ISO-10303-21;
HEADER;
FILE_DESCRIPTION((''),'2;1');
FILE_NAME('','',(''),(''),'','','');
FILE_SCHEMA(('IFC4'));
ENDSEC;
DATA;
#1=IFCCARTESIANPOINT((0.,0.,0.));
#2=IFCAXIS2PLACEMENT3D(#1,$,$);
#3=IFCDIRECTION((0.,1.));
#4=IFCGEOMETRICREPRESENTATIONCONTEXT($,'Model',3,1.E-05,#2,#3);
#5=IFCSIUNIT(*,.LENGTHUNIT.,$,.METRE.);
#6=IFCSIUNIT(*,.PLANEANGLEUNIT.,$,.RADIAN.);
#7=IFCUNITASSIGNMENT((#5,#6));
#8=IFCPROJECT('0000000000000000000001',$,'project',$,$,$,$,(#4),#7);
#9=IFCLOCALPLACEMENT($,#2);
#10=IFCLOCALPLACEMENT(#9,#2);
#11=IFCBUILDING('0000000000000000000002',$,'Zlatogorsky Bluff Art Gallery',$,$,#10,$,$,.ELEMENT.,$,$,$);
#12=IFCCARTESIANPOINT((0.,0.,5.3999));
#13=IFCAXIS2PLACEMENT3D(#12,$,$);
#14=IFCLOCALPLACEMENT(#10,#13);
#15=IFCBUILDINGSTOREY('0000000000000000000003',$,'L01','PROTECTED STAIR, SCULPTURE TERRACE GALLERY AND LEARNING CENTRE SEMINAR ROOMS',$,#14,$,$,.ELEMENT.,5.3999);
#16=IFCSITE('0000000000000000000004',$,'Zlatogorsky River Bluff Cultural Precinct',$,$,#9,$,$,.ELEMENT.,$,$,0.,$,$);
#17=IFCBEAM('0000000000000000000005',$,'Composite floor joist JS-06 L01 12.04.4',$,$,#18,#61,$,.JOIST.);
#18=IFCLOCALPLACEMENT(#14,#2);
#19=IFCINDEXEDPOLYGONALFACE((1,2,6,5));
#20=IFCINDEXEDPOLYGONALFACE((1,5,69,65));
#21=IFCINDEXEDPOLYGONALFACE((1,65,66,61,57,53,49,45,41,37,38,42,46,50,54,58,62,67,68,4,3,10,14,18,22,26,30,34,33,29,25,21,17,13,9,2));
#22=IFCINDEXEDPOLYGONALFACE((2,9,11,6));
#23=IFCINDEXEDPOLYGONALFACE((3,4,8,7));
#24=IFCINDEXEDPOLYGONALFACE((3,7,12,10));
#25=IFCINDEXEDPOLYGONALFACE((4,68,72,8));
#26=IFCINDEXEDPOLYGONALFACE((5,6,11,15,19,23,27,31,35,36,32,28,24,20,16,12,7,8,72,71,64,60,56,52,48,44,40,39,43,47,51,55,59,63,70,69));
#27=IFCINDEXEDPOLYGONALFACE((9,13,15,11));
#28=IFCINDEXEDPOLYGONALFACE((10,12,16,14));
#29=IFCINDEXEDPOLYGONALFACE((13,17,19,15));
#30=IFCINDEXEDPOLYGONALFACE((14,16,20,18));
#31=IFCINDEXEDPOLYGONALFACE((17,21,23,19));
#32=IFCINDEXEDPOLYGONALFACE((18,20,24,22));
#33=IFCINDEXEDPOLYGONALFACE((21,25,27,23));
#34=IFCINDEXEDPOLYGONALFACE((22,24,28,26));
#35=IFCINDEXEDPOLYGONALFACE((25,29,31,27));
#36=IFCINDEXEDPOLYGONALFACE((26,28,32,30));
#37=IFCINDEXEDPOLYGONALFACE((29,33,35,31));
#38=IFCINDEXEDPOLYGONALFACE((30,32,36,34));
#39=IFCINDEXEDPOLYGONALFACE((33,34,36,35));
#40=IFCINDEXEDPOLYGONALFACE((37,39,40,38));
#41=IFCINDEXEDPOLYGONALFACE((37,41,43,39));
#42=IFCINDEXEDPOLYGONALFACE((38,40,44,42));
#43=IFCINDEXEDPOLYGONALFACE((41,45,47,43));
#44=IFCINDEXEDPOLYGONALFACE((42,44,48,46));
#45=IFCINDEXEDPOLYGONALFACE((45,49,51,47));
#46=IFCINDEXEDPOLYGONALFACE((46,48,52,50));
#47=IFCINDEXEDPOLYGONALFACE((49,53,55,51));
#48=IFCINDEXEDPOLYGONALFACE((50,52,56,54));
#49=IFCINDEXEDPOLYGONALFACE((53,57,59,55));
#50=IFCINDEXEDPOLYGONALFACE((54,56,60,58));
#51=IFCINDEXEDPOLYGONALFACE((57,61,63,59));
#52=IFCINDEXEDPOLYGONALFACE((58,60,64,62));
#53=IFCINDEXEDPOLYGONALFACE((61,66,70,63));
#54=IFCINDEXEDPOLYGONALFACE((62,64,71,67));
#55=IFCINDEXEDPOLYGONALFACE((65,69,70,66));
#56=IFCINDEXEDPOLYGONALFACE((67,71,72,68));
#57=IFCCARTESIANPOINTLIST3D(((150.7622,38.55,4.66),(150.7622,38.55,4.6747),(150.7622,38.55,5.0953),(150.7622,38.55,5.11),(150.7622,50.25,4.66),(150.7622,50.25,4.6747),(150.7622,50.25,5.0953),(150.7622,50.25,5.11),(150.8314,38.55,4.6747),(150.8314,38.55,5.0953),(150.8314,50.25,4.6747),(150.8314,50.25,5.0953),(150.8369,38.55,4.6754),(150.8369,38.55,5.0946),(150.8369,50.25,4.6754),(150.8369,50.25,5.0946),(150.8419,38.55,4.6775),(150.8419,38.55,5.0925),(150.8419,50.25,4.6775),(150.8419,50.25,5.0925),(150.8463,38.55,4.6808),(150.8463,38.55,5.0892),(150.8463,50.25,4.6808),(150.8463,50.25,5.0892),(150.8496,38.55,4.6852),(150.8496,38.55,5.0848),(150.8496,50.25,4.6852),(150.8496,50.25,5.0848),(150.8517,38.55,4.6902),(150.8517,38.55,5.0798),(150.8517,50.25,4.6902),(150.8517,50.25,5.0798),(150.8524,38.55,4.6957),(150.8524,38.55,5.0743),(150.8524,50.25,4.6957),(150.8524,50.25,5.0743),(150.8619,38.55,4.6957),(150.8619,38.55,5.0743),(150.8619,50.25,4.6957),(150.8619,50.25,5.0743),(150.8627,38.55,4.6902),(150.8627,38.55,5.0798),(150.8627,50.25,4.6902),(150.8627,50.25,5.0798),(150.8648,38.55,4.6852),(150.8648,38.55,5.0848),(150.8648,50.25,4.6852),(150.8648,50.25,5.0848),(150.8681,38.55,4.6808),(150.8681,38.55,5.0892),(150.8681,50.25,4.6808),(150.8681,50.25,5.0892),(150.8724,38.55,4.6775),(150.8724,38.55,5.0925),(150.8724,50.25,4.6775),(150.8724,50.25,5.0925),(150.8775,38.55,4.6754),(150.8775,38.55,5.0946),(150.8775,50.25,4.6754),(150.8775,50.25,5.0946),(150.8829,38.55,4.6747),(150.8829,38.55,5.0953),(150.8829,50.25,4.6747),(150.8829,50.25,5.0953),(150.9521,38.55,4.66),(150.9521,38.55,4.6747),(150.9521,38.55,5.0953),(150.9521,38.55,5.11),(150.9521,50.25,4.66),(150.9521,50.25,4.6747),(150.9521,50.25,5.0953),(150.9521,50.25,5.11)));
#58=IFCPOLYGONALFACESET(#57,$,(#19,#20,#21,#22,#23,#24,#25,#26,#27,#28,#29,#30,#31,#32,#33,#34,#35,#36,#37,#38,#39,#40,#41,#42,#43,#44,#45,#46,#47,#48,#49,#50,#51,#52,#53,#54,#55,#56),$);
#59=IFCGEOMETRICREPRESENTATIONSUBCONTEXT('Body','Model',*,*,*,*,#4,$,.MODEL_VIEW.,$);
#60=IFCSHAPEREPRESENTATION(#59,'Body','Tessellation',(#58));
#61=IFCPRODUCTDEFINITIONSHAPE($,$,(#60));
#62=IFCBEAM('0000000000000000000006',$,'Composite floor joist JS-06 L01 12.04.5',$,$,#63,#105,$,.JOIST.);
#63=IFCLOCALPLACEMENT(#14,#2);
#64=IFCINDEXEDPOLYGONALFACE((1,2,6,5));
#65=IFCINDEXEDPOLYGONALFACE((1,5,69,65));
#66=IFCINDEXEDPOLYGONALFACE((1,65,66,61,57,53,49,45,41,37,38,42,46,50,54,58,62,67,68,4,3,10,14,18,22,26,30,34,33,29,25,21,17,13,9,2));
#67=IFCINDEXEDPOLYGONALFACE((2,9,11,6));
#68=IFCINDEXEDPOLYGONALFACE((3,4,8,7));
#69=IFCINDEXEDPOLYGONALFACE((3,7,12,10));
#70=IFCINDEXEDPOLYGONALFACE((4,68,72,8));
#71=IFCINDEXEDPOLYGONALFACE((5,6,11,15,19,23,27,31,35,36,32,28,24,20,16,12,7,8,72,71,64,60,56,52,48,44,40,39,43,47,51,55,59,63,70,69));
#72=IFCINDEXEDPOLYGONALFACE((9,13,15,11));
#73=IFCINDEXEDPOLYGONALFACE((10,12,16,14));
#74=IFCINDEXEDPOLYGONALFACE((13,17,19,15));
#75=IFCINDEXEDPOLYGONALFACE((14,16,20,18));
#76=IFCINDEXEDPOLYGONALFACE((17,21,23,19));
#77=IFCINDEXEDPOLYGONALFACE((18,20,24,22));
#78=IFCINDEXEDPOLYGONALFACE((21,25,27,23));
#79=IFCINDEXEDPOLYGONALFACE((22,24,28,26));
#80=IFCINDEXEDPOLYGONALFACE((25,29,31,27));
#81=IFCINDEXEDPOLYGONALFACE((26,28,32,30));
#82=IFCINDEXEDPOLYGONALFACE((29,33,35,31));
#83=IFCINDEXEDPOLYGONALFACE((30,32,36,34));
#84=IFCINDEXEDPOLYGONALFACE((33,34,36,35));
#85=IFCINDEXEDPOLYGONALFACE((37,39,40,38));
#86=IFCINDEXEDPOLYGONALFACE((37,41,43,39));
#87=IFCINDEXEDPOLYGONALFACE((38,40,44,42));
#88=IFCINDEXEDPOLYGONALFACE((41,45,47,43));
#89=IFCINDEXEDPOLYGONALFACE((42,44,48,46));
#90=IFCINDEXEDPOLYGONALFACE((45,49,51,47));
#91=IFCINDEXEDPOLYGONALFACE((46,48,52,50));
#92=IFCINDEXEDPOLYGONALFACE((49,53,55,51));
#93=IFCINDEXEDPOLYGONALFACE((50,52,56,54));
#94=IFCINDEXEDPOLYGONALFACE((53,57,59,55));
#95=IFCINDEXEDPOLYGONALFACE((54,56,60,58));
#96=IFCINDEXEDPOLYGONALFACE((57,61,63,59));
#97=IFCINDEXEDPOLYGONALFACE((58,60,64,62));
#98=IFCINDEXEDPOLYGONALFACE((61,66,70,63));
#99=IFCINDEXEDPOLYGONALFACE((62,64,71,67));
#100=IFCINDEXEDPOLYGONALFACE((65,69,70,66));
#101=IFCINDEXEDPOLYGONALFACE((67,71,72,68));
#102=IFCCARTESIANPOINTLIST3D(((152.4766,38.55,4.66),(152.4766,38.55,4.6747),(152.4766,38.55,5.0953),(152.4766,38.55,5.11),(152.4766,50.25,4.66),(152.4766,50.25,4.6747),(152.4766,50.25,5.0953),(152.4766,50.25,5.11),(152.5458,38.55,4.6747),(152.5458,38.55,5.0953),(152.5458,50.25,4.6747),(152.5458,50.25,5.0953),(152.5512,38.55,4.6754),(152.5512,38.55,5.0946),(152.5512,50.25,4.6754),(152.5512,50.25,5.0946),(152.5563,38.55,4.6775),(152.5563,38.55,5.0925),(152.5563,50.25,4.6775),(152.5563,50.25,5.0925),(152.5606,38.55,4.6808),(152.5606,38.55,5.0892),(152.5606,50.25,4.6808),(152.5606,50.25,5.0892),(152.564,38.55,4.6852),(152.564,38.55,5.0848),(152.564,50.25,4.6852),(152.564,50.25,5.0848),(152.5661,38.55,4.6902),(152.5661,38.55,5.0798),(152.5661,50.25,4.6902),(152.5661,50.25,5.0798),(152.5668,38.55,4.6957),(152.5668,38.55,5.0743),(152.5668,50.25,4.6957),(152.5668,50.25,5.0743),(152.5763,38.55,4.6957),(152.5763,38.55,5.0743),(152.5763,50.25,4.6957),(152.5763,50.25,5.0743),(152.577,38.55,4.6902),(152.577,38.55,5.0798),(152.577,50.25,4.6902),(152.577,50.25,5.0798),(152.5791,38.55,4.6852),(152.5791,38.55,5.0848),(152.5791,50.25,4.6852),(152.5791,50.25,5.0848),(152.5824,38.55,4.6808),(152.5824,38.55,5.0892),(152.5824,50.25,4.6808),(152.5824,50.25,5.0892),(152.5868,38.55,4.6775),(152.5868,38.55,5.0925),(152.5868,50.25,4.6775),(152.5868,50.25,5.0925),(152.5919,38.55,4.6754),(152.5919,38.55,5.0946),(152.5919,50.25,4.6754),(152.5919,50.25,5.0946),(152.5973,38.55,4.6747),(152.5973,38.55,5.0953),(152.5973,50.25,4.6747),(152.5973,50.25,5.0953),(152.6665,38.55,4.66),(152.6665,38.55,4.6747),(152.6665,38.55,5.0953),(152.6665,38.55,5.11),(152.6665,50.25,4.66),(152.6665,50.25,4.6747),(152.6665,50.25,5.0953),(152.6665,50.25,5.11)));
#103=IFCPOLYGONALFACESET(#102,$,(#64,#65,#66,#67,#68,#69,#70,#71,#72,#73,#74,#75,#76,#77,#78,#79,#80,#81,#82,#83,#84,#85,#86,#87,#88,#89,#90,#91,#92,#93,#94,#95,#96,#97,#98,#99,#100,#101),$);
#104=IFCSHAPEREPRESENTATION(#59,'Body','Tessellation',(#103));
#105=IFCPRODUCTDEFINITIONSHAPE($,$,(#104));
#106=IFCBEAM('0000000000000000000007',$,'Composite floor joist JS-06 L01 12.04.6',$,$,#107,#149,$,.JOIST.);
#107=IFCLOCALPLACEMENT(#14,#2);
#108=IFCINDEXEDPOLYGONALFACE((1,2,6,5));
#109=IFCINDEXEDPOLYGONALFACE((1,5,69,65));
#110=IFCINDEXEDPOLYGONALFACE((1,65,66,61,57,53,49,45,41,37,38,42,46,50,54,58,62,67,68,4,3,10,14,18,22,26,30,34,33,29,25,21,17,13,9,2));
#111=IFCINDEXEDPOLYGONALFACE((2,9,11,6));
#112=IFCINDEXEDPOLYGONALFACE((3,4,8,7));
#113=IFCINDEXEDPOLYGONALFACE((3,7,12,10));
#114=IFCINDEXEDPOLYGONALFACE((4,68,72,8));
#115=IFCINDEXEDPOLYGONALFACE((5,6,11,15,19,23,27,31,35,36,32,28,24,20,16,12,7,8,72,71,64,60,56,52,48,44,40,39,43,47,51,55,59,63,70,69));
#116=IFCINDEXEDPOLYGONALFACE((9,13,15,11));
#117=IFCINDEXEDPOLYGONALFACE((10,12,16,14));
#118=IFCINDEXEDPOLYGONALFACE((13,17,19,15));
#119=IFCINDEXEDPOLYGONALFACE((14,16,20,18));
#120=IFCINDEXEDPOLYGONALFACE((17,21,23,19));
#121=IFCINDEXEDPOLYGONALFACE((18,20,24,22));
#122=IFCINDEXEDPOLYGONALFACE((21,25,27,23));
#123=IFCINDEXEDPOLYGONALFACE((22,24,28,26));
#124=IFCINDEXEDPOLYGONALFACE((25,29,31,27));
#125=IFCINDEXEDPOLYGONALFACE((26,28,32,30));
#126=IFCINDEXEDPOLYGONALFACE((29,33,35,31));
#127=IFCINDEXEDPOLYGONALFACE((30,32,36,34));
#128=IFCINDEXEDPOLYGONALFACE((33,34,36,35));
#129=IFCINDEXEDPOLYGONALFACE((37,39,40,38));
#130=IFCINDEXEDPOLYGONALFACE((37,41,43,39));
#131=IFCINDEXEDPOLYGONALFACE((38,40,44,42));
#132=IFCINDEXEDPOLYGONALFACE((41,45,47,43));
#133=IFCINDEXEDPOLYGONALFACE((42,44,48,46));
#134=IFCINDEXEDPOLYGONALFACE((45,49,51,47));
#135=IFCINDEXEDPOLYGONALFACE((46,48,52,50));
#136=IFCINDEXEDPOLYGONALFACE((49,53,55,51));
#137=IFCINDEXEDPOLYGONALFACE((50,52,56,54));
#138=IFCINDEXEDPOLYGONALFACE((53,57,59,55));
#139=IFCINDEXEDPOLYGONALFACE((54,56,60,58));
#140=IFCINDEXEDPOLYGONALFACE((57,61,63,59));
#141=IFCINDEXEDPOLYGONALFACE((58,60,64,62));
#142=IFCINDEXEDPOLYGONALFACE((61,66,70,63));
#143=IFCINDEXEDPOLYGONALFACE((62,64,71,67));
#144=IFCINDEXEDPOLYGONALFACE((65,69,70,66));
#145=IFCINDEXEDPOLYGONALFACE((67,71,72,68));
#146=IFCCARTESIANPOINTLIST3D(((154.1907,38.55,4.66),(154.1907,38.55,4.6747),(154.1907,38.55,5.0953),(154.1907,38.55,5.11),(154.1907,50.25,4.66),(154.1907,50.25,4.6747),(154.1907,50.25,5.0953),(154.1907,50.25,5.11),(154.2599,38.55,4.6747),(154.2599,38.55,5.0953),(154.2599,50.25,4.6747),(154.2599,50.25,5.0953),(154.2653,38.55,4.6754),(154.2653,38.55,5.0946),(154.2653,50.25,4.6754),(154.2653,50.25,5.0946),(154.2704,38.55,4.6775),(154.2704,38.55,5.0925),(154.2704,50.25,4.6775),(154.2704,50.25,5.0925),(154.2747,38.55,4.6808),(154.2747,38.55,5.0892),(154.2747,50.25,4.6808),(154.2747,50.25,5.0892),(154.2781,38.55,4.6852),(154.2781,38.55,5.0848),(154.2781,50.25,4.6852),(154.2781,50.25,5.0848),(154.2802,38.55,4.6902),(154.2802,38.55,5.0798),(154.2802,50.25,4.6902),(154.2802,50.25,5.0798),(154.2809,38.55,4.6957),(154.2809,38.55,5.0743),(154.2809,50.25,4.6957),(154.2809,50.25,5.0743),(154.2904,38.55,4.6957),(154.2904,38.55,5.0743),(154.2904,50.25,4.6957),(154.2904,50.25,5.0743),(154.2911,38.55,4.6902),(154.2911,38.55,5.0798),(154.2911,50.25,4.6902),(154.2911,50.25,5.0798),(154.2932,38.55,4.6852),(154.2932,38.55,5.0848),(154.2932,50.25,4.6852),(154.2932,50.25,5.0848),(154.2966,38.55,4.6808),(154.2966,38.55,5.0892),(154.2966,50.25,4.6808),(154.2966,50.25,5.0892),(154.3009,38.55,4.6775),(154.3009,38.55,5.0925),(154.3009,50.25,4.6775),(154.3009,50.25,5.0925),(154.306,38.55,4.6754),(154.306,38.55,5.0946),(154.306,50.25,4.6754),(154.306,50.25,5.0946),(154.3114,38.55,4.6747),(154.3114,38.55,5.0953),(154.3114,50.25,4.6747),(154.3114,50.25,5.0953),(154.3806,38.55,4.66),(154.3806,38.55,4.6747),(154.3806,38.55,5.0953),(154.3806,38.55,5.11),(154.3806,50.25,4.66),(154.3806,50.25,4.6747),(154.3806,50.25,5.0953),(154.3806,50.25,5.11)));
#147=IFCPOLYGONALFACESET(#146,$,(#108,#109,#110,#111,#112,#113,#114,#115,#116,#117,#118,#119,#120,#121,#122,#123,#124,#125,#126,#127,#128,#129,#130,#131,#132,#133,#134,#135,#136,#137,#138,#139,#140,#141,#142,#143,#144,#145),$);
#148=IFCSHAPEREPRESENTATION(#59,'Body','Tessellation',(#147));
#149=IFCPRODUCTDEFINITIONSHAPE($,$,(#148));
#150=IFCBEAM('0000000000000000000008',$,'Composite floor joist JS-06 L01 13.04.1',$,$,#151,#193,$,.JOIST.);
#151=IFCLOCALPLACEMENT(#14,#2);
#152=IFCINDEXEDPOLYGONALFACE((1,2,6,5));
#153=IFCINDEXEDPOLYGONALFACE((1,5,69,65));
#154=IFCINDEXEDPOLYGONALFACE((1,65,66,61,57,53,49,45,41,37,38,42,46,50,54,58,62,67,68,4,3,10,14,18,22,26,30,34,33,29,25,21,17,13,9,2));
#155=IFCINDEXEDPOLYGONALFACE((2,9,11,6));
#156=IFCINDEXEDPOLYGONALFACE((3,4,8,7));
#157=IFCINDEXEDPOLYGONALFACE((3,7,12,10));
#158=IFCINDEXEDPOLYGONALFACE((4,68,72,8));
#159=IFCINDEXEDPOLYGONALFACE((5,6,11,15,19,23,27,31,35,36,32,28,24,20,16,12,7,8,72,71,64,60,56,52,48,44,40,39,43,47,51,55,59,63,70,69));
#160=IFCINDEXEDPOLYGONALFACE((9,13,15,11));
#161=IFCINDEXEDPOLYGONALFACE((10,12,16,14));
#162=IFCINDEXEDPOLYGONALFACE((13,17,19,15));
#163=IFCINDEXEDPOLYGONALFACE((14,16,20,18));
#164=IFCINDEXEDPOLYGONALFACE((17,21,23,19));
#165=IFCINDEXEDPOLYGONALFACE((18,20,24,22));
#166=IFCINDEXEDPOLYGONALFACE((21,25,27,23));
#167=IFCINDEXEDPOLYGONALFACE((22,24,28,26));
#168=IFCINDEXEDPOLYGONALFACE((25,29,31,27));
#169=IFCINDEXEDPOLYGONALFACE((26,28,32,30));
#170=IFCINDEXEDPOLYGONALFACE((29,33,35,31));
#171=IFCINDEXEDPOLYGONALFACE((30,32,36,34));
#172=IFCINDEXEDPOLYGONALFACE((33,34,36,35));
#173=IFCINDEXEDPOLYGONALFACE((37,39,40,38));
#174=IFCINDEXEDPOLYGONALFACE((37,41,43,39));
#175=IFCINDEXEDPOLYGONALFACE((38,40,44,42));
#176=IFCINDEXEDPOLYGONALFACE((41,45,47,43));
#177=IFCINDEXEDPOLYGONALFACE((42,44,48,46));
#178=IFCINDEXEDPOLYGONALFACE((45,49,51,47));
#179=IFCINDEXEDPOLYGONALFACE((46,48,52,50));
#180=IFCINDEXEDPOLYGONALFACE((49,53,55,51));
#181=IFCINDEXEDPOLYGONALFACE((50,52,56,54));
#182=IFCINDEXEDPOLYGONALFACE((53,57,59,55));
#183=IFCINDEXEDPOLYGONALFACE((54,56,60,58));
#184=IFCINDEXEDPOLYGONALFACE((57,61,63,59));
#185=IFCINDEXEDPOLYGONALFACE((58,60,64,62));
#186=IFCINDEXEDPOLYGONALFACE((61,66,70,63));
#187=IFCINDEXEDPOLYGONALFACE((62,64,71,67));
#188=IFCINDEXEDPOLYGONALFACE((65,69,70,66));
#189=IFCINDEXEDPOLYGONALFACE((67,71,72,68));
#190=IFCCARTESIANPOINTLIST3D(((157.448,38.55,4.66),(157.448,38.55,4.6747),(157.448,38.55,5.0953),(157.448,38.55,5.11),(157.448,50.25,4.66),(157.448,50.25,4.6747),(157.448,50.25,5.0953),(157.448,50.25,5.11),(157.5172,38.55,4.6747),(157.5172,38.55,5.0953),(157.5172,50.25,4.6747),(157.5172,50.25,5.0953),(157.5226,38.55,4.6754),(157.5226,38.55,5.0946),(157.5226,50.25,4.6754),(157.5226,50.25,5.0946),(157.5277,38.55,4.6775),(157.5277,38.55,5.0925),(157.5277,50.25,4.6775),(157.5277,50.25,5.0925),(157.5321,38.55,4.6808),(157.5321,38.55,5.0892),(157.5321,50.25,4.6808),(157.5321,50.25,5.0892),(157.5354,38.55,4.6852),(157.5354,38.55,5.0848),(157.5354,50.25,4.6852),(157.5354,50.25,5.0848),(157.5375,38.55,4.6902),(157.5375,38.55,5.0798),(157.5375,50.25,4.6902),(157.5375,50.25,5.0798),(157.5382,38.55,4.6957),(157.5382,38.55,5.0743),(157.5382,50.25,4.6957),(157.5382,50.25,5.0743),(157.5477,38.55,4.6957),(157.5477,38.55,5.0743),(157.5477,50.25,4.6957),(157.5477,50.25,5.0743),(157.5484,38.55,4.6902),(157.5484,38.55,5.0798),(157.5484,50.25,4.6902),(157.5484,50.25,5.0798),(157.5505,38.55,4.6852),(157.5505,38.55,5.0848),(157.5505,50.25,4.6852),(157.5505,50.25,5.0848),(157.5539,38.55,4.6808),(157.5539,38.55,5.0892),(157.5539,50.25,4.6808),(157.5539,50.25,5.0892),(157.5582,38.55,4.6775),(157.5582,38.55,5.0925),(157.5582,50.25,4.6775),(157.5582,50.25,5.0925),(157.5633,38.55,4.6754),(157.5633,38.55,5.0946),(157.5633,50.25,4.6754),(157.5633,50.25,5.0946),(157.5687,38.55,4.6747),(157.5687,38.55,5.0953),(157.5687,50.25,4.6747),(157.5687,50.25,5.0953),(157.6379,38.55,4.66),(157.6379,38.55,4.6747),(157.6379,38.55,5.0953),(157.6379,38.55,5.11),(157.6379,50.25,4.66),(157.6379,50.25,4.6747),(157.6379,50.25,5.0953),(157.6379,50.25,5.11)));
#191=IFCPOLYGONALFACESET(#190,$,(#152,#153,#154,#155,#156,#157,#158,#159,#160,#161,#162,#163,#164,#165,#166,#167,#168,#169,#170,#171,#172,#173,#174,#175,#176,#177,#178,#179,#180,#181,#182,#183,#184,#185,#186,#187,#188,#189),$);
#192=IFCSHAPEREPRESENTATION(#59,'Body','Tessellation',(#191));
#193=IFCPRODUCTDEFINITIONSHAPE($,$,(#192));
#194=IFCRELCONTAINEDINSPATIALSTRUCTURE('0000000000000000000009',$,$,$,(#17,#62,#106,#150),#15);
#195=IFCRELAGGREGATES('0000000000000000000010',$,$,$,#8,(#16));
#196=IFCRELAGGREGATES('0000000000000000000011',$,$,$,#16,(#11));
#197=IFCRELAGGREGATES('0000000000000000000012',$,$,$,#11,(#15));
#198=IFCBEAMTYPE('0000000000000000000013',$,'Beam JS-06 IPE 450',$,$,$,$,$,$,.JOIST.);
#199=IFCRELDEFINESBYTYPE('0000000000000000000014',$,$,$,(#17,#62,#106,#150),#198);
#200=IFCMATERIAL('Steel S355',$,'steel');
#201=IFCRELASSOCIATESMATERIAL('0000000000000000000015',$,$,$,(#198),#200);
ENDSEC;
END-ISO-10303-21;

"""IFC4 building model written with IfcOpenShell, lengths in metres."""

from ifc_helpers import new_model, si_unit, direction, frame, origin, origin_2d, place, context, subcontext, project, spatial, i_section, extrude, material, material_profile, profile_set, type_object, element, save


model = new_model("IFC4")

# Units and contexts
model_context = context("Model", 3, precision=1e-05, world=origin(), true_north=direction((0.0, 1.0)))
body_context = subcontext(model_context, "Body", "Model", "MODEL_VIEW")
ifc_project = project(units=[si_unit("LENGTHUNIT", "METRE"), si_unit("PLANEANGLEUNIT", "RADIAN")], contexts=[model_context])

# Site, building, storey
site_placement = place(None, origin())
site = spatial("IfcSite", under=ifc_project, at=site_placement, Name="Zlatogorsky River Bluff Cultural Precinct", CompositionType="ELEMENT", RefElevation=0.0)
building_placement = place(site_placement, origin())
building = spatial("IfcBuilding", under=site, at=building_placement, Name="Zlatogorsky Bluff Art Gallery", CompositionType="ELEMENT")
storey_placement = place(building_placement, frame((0.0, 0.0, 5.3999)))
storey = spatial("IfcBuildingStorey", under=building, at=storey_placement, Name="L01", Description="PROTECTED STAIR, SCULPTURE TERRACE GALLERY AND LEARNING CENTRE SEMINAR ROOMS", CompositionType="ELEMENT", Elevation=5.3999)

# Beams
ifc_material_1 = material(Name="Steel S355", Category="steel")
ifc_material_profile_1 = material_profile(ifc_material_1, i_section(OverallWidth=0.1899, OverallDepth=0.45, WebThickness=0.0095, FlangeThickness=0.0146, FilletRadius=0.021, at=origin_2d()), Name="IPE 450")
ifc_profile_set_1 = profile_set([ifc_material_profile_1], Name="Steel S355")
beam_type_1 = type_object("IfcBeamType", Name="Beam JS-06 IPE 450", PredefinedType="JOIST", material=ifc_profile_set_1)
for number, where, z_axis, x_axis, name in (
    (1, (150.8572, 38.55, 4.885), (0.0, 1.0, 0.0), (-1.0, 0.0, 0.0), "Composite floor joist JS-06 L01 12.04.4"),
    (2, (152.5715, 38.55, 4.885), (0.0, 1.0, 0.0), (-1.0, 0.0, 0.0), "Composite floor joist JS-06 L01 12.04.5"),
    (3, (154.2856, 38.55, 4.885), (0.0, 1.0, 0.0), (-1.0, 0.0, 0.0), "Composite floor joist JS-06 L01 12.04.6"),
    (4, (157.543, 38.55, 4.885), (0.0, 1.0, 0.0), (-1.0, 0.0, 0.0), "Composite floor joist JS-06 L01 13.04.1"),
):
    element("IfcBeam", number, at=place(storey_placement, frame(where, z_axis=z_axis, x_axis=x_axis)), inside=storey, type_object=beam_type_1, Name=name, PredefinedType="JOIST", context=body_context, shape_type="SweptSolid", body=[
        extrude(i_section(OverallWidth=0.1899, OverallDepth=0.45, WebThickness=0.0095, FlangeThickness=0.0146, FilletRadius=0.021, at=origin_2d()), origin(), (0.0, 0.0, 1.0), 11.7),
    ])

save(model, "model.ifc")
